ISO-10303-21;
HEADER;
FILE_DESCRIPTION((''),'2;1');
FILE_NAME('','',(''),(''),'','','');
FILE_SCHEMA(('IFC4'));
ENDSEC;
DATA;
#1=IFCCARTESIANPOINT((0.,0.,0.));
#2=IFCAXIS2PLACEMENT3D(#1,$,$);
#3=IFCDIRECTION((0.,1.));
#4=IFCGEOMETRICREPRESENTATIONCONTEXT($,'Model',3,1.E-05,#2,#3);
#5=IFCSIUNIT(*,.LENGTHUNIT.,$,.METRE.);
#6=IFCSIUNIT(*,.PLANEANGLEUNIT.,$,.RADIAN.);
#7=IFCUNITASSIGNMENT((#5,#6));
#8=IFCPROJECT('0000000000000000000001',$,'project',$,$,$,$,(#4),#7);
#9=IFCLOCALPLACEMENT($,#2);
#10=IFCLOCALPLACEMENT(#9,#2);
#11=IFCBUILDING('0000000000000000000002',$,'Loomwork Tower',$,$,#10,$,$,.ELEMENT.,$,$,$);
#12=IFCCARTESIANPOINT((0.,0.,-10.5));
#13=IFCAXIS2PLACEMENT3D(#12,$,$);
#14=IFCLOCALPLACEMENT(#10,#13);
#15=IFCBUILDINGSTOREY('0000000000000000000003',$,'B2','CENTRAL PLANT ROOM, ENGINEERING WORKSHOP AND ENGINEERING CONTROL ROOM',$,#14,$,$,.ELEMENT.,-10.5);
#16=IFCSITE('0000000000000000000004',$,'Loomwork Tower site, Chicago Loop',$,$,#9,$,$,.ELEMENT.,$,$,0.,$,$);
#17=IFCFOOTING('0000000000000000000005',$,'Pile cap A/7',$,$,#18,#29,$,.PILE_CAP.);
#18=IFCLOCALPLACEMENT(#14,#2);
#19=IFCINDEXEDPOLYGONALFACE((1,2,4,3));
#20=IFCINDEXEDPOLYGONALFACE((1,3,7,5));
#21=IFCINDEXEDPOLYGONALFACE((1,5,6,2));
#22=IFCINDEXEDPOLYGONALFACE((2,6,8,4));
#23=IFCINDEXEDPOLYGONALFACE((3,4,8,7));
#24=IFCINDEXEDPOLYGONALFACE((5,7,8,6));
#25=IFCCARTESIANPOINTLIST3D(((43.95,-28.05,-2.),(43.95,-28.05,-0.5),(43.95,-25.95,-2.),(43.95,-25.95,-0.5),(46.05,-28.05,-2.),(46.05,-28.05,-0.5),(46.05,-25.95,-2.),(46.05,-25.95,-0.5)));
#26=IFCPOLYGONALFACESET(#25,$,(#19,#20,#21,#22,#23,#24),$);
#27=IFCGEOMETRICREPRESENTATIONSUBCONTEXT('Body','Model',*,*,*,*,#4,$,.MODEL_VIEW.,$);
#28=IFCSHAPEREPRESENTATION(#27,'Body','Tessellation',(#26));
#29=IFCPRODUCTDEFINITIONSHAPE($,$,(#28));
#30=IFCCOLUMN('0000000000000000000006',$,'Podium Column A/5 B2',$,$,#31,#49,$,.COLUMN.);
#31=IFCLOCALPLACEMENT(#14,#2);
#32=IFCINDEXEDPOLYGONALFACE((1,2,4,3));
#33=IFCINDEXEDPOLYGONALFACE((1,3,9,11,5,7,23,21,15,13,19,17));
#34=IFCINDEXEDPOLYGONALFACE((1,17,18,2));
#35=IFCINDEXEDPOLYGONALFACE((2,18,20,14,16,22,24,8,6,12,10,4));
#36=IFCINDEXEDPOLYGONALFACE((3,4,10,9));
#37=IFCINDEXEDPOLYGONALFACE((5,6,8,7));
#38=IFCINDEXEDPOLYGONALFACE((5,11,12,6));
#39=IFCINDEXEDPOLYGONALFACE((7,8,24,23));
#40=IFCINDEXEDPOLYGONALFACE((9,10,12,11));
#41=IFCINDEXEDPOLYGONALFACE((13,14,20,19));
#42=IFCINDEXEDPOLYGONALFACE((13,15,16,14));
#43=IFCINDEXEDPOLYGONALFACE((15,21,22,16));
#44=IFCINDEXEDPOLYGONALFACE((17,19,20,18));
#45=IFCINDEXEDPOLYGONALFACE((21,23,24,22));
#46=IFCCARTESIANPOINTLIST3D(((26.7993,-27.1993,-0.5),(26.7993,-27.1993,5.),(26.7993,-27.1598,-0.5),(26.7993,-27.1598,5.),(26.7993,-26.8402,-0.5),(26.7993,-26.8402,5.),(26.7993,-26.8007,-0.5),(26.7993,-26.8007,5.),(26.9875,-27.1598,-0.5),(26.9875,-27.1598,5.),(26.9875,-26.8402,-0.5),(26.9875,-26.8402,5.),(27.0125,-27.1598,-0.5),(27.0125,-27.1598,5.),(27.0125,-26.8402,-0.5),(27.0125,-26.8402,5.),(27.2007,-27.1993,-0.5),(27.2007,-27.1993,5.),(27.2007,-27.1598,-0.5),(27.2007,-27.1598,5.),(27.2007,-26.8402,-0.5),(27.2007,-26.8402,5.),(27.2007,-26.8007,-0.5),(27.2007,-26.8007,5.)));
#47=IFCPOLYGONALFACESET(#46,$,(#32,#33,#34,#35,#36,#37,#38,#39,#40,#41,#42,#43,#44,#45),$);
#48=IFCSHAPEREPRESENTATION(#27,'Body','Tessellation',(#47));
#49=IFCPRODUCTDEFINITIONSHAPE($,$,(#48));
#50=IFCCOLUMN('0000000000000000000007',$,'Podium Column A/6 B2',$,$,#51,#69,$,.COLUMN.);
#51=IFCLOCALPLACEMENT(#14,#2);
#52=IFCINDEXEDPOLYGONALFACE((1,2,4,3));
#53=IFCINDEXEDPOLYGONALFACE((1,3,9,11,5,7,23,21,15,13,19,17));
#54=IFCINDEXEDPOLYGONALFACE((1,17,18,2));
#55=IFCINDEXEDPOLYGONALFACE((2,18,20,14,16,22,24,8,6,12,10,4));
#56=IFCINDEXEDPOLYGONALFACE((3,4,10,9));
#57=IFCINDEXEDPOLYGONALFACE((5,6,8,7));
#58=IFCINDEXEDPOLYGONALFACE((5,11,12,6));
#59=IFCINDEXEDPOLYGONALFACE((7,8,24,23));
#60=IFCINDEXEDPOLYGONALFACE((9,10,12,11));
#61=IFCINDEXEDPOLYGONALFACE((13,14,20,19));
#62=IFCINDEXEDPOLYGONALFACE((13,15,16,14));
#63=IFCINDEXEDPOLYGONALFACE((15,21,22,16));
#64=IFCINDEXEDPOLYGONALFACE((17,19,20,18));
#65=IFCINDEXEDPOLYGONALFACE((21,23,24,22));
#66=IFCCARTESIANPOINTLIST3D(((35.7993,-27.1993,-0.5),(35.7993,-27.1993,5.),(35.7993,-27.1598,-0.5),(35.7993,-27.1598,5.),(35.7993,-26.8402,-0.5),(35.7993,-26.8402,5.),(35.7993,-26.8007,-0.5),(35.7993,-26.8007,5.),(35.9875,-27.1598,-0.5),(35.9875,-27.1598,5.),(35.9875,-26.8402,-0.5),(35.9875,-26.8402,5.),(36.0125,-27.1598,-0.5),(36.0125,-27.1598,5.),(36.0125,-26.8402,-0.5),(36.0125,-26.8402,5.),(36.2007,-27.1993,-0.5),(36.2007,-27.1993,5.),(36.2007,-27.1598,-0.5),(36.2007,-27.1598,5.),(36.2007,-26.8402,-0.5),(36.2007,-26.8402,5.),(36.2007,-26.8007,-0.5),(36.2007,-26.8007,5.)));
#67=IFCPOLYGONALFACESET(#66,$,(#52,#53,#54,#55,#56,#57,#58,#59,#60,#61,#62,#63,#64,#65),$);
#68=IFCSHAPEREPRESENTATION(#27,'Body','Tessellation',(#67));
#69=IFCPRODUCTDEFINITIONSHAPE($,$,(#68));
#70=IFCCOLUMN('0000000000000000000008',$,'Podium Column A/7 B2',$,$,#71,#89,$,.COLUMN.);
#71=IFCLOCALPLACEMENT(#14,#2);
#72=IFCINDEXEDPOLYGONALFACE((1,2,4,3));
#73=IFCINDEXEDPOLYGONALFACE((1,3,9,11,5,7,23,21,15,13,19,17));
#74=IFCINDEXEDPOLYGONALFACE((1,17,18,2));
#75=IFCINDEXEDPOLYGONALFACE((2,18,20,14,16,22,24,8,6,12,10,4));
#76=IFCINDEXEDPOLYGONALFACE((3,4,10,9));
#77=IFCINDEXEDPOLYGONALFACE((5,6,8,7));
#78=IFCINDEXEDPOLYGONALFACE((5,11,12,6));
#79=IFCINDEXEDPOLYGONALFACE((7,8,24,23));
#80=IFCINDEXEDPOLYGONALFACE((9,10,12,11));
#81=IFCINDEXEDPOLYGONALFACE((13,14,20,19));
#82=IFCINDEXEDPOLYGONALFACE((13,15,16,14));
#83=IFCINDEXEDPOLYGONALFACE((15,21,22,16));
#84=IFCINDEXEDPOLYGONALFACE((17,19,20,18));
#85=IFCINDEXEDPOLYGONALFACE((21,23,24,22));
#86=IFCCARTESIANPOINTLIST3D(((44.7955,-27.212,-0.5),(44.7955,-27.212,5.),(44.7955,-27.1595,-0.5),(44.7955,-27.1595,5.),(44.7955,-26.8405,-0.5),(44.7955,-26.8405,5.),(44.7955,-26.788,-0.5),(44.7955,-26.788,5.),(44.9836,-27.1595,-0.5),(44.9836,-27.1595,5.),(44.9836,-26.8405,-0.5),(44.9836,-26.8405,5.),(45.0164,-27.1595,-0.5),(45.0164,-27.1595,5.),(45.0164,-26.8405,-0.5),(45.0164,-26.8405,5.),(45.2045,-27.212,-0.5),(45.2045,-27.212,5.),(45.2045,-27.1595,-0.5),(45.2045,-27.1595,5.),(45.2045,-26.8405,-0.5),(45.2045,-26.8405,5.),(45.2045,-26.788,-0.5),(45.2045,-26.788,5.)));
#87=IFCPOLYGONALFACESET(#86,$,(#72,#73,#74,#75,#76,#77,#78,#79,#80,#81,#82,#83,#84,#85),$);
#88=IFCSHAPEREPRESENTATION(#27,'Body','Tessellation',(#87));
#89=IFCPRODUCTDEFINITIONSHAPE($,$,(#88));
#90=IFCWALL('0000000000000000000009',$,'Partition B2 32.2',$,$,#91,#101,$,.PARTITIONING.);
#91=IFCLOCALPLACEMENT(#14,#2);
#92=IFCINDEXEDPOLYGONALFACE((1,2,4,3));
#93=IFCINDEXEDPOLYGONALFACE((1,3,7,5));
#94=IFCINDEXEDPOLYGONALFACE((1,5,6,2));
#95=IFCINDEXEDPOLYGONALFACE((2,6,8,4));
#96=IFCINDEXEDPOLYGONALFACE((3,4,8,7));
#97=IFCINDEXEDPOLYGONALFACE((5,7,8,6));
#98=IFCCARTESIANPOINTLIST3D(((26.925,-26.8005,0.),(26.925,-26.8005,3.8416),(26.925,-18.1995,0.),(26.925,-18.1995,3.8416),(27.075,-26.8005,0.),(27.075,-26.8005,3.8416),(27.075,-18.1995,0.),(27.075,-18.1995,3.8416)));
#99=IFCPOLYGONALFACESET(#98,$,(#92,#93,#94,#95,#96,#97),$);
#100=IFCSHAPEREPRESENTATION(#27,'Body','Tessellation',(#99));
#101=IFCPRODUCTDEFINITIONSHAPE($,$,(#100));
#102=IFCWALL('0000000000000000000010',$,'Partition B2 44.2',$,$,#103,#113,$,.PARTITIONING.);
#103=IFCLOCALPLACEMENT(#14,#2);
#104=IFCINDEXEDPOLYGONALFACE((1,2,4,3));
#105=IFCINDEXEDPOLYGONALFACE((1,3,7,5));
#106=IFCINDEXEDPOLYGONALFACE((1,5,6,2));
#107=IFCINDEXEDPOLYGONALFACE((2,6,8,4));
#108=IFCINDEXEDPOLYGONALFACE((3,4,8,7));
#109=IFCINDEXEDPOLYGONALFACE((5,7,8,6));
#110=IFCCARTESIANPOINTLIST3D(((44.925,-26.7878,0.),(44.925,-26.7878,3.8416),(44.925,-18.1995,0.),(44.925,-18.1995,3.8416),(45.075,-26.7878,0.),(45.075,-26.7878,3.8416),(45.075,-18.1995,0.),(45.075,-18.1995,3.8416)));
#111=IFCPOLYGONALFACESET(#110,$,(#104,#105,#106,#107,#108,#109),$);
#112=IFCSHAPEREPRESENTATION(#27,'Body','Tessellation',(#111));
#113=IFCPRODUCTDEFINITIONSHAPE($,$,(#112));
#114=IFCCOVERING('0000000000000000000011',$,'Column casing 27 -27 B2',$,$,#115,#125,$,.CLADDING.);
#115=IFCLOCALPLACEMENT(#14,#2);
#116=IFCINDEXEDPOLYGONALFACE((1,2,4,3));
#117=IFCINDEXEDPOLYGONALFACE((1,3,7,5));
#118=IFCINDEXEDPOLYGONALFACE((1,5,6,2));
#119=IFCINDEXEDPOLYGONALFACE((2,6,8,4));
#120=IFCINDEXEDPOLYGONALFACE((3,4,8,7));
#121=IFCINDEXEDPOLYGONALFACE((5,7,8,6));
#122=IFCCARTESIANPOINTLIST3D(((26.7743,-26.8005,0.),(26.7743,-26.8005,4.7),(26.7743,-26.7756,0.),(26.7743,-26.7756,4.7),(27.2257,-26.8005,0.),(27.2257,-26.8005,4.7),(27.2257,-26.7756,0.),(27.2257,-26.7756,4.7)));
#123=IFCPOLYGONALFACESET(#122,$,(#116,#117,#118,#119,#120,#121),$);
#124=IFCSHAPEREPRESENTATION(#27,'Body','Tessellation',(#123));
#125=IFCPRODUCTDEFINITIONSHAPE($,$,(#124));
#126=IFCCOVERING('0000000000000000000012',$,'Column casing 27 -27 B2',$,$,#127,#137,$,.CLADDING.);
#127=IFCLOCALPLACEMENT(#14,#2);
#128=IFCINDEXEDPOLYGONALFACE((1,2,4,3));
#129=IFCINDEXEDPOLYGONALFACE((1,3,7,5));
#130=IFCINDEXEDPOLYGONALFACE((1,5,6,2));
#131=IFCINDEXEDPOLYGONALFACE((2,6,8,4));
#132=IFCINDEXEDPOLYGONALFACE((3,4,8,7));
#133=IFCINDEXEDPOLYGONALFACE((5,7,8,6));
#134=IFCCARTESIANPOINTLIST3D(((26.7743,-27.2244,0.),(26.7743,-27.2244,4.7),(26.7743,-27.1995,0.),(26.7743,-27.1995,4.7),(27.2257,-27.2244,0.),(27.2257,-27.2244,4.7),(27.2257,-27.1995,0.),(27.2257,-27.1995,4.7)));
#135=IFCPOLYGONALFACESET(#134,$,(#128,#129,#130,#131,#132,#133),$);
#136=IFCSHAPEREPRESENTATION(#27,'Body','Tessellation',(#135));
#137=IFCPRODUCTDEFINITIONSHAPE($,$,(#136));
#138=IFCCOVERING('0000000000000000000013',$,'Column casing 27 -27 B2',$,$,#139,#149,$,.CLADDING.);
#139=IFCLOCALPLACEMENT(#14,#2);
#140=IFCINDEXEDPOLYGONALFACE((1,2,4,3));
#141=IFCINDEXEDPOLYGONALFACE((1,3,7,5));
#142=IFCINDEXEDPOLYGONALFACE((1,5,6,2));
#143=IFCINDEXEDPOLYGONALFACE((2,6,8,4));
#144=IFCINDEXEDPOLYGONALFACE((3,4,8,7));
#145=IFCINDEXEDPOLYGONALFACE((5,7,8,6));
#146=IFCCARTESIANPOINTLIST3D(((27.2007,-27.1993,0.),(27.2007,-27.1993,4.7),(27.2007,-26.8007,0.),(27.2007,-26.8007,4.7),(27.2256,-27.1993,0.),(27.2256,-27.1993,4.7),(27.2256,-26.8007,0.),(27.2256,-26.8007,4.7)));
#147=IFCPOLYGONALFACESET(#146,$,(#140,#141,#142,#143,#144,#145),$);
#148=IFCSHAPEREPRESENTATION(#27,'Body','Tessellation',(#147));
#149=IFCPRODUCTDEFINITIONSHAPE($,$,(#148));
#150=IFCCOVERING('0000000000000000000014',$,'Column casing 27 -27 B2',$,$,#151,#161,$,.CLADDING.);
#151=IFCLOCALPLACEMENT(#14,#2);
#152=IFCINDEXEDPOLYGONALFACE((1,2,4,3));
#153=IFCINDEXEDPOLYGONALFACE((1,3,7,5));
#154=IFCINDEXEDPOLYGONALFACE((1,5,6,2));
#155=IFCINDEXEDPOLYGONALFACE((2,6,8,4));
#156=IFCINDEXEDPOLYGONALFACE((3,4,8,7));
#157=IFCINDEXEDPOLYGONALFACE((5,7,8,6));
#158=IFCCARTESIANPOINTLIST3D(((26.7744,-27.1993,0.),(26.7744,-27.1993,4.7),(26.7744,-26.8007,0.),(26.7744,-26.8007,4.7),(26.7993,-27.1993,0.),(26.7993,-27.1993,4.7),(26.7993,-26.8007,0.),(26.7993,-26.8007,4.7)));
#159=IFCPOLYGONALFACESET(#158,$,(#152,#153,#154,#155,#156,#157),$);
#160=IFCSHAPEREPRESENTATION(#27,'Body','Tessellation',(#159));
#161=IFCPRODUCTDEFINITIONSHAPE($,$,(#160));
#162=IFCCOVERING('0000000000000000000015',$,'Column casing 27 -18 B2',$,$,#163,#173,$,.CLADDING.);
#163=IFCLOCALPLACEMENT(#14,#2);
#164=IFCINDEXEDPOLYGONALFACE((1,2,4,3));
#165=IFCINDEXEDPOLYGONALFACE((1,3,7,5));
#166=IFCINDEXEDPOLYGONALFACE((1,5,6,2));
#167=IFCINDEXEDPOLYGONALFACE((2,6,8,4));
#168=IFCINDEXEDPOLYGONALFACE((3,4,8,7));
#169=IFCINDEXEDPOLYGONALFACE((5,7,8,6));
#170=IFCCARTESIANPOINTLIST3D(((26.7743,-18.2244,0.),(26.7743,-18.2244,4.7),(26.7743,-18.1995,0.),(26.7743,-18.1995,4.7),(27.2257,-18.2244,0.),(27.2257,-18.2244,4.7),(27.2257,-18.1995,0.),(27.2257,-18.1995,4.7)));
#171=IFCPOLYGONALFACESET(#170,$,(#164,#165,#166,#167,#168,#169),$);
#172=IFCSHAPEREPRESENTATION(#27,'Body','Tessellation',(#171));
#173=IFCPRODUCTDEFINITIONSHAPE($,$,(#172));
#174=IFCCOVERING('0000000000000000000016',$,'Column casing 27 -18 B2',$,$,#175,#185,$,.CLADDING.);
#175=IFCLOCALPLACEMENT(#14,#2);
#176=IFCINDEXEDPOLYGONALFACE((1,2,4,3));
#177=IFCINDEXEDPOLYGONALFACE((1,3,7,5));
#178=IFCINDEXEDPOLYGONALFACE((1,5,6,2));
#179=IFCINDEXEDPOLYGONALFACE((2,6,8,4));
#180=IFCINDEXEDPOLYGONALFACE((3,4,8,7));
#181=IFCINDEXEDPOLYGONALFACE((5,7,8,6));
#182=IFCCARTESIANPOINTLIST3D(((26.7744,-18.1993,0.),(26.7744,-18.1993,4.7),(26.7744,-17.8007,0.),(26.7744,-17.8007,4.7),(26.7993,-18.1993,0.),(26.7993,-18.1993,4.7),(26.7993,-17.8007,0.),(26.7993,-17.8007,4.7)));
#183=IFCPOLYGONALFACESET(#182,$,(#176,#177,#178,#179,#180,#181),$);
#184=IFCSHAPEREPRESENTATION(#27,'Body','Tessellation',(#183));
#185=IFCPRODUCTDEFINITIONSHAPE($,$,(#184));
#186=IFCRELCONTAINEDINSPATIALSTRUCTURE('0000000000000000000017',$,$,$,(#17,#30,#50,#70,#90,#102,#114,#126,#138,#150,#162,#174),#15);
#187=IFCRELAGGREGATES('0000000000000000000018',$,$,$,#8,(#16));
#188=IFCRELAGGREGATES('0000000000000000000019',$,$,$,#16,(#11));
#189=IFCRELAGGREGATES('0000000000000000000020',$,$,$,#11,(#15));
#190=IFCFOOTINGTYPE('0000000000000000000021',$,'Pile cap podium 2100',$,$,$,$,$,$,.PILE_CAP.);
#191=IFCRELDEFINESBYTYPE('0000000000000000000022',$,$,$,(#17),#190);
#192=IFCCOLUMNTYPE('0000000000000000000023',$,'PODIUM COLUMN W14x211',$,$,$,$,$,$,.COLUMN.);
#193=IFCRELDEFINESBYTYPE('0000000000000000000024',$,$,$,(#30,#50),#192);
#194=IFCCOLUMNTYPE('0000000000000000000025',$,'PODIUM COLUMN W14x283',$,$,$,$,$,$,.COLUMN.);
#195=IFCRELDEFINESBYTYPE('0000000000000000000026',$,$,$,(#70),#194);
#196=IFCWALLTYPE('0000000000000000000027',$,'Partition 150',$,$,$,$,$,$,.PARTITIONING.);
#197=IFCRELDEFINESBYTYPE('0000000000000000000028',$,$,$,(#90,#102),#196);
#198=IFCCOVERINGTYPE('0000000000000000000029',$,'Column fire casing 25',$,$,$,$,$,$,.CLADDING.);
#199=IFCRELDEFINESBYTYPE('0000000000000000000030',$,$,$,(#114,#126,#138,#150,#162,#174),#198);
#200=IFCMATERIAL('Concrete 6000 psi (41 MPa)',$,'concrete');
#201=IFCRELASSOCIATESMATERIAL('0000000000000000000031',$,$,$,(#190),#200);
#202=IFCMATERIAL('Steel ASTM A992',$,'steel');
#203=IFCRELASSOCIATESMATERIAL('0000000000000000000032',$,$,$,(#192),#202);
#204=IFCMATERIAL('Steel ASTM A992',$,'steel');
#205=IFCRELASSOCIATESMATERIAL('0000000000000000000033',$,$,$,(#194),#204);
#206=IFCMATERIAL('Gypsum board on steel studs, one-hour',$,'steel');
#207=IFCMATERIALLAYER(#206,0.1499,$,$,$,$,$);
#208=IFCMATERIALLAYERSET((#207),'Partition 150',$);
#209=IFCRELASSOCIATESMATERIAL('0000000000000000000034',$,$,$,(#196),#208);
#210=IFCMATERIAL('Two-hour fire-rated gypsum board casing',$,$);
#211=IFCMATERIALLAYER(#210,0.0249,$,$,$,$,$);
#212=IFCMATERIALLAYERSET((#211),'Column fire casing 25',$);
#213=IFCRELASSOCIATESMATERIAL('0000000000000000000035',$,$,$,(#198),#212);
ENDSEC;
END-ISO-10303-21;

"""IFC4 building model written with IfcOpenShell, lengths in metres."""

from ifc_helpers import new_model, si_unit, direction, frame, frame_2d, origin, origin_2d, place, context, subcontext, project, spatial, rectangle, i_section, extrude, material, layer, layer_set, material_profile, profile_set, type_object, element, save


model = new_model("IFC4")

# Units and contexts
model_context = context("Model", 3, precision=1e-05, world=origin(), true_north=direction((0.0, 1.0)))
body_context = subcontext(model_context, "Body", "Model", "MODEL_VIEW")
ifc_project = project(units=[si_unit("LENGTHUNIT", "METRE"), si_unit("PLANEANGLEUNIT", "RADIAN")], contexts=[model_context])

# Site, building, storey
site_placement = place(None, origin())
site = spatial("IfcSite", under=ifc_project, at=site_placement, Name="Loomwork Tower site, Chicago Loop", CompositionType="ELEMENT", RefElevation=0.0)
building_placement = place(site_placement, origin())
building = spatial("IfcBuilding", under=site, at=building_placement, Name="Loomwork Tower", CompositionType="ELEMENT")
storey_placement = place(building_placement, frame((0.0, 0.0, -10.5)))
storey = spatial("IfcBuildingStorey", under=building, at=storey_placement, Name="B2", Description="CENTRAL PLANT ROOM, ENGINEERING WORKSHOP AND ENGINEERING CONTROL ROOM", CompositionType="ELEMENT", Elevation=-10.5)

# Footing
ifc_material_1 = material(Name="Concrete 6000 psi (41 MPa)", Category="concrete")
footing_type = type_object("IfcFootingType", Name="Pile cap podium 2100", PredefinedType="PILE_CAP", material=ifc_material_1)
for number, where, z_axis, x_axis, name in (
    (1, (45.0, -27.0, -2.0), (0.0, 0.0, 1.0), (1.0, 0.0, 0.0), "Pile cap A/7"),
):
    element("IfcFooting", number, at=place(storey_placement, frame(where, z_axis=z_axis, x_axis=x_axis)), inside=storey, type_object=footing_type, Name=name, PredefinedType="PILE_CAP", context=body_context, shape_type="SweptSolid", body=[
        extrude(rectangle(XDim=2.1001, YDim=2.1001, at=origin_2d()), origin(), (0.0, 0.0, 1.0), 1.5),
    ])

# Columns
ifc_material_2 = material(Name="Steel ASTM A992", Category="steel")
ifc_material_profile_1 = material_profile(ifc_material_2, i_section(OverallWidth=0.4014, OverallDepth=0.3987, WebThickness=0.0249, FlangeThickness=0.0396, at=origin_2d()), Name="W14x211")
ifc_profile_set_1 = profile_set([ifc_material_profile_1], Name="Steel ASTM A992")
column_type_1 = type_object("IfcColumnType", Name="PODIUM COLUMN W14x211", PredefinedType="COLUMN", material=ifc_profile_set_1)
for number, where, z_axis, x_axis, name in (
    (2, (27.0, -27.0, -0.5), (0.0, 0.0, 1.0), (1.0, 0.0, 0.0), "Podium Column A/5 B2"),
    (3, (36.0, -27.0, -0.5), (0.0, 0.0, 1.0), (1.0, 0.0, 0.0), "Podium Column A/6 B2"),
):
    element("IfcColumn", number, at=place(storey_placement, frame(where, z_axis=z_axis, x_axis=x_axis)), inside=storey, type_object=column_type_1, Name=name, PredefinedType="COLUMN", context=body_context, shape_type="SweptSolid", body=[
        extrude(i_section(OverallWidth=0.4014, OverallDepth=0.3987, WebThickness=0.0249, FlangeThickness=0.0396, at=origin_2d()), origin(), (0.0, 0.0, 1.0), 5.5),
    ])
ifc_material_3 = material(Name="Steel ASTM A992", Category="steel")
ifc_material_profile_2 = material_profile(ifc_material_3, i_section(OverallWidth=0.4089, OverallDepth=0.4241, WebThickness=0.0327, FlangeThickness=0.0525, at=origin_2d()), Name="W14x283")
ifc_profile_set_2 = profile_set([ifc_material_profile_2], Name="Steel ASTM A992")
column_type_2 = type_object("IfcColumnType", Name="PODIUM COLUMN W14x283", PredefinedType="COLUMN", material=ifc_profile_set_2)
column_placement = place(storey_placement, frame((45.0, -27.0, -0.5), z_axis=(0.0, 0.0, 1.0), x_axis=(1.0, 0.0, 0.0)))
element("IfcColumn", 4, at=column_placement, inside=storey, type_object=column_type_2, Name="Podium Column A/7 B2", PredefinedType="COLUMN", context=body_context, shape_type="SweptSolid", body=[
    extrude(i_section(OverallWidth=0.4089, OverallDepth=0.4241, WebThickness=0.0327, FlangeThickness=0.0525, at=origin_2d()), origin(), (0.0, 0.0, 1.0), 5.5),
])

# Walls
ifc_material_4 = material(Name="Gypsum board on steel studs, one-hour", Category="steel")
ifc_layer_1 = layer(ifc_material_4, 0.1499)
ifc_layer_set_1 = layer_set([ifc_layer_1], Name="Partition 150")
wall_type = type_object("IfcWallType", Name="Partition 150", PredefinedType="PARTITIONING", material=ifc_layer_set_1)
wall_1_placement = place(storey_placement, frame((27.0, -18.1995, 0.0), z_axis=(0.0, 0.0, 1.0), x_axis=(0.0, -1.0, 0.0)))
element("IfcWall", 5, at=wall_1_placement, inside=storey, type_object=wall_type, Name="Partition B2 32.2", PredefinedType="PARTITIONING", context=body_context, shape_type="SweptSolid", body=[
    extrude(rectangle(XDim=8.6011, YDim=0.1499, at=frame_2d((4.3005, 0.0))), origin(), (0.0, 0.0, 1.0), 3.8416),
])
wall_2_placement = place(storey_placement, frame((45.0, -18.1995, 0.0), z_axis=(0.0, 0.0, 1.0), x_axis=(0.0, -1.0, 0.0)))
element("IfcWall", 6, at=wall_2_placement, inside=storey, type_object=wall_type, Name="Partition B2 44.2", PredefinedType="PARTITIONING", context=body_context, shape_type="SweptSolid", body=[
    extrude(rectangle(XDim=8.5884, YDim=0.1499, at=frame_2d((4.2942, 0.0))), origin(), (0.0, 0.0, 1.0), 3.8416),
])

# Coverings
ifc_material_5 = material(Name="Two-hour fire-rated gypsum board casing")
ifc_layer_2 = layer(ifc_material_5, 0.0249)
ifc_layer_set_2 = layer_set([ifc_layer_2], Name="Column fire casing 25")
covering_type = type_object("IfcCoveringType", Name="Column fire casing 25", PredefinedType="CLADDING", material=ifc_layer_set_2)
for number, where, z_axis, x_axis, name in (
    (7, (27.0, -26.7881, 0.0), (0.0, 0.0, 1.0), (1.0, 0.0, 0.0), "Column casing 27 -27 B2"),
    (8, (27.0, -27.2119, 0.0), (0.0, 0.0, 1.0), (1.0, 0.0, 0.0), "Column casing 27 -27 B2"),
):
    element("IfcCovering", number, at=place(storey_placement, frame(where, z_axis=z_axis, x_axis=x_axis)), inside=storey, type_object=covering_type, Name=name, PredefinedType="CLADDING", context=body_context, shape_type="SweptSolid", body=[
        extrude(rectangle(XDim=0.4514, YDim=0.0249, at=origin_2d()), origin(), (0.0, 0.0, 1.0), 4.7),
    ])
for number, where, z_axis, x_axis, name in (
    (9, (27.2131, -27.0, 0.0), (0.0, 0.0, 1.0), (1.0, 0.0, 0.0), "Column casing 27 -27 B2"),
    (10, (26.7869, -27.0, 0.0), (0.0, 0.0, 1.0), (1.0, 0.0, 0.0), "Column casing 27 -27 B2"),
):
    element("IfcCovering", number, at=place(storey_placement, frame(where, z_axis=z_axis, x_axis=x_axis)), inside=storey, type_object=covering_type, Name=name, PredefinedType="CLADDING", context=body_context, shape_type="SweptSolid", body=[
        extrude(rectangle(XDim=0.0249, YDim=0.3987, at=origin_2d()), origin(), (0.0, 0.0, 1.0), 4.7),
    ])
covering_1_placement = place(storey_placement, frame((27.0, -18.2119, 0.0), z_axis=(0.0, 0.0, 1.0), x_axis=(1.0, 0.0, 0.0)))
element("IfcCovering", 11, at=covering_1_placement, inside=storey, type_object=covering_type, Name="Column casing 27 -18 B2", PredefinedType="CLADDING", context=body_context, shape_type="SweptSolid", body=[
    extrude(rectangle(XDim=0.4514, YDim=0.0249, at=origin_2d()), origin(), (0.0, 0.0, 1.0), 4.7),
])
covering_2_placement = place(storey_placement, frame((26.7869, -18.0, 0.0), z_axis=(0.0, 0.0, 1.0), x_axis=(1.0, 0.0, 0.0)))
element("IfcCovering", 12, at=covering_2_placement, inside=storey, type_object=covering_type, Name="Column casing 27 -18 B2", PredefinedType="CLADDING", context=body_context, shape_type="SweptSolid", body=[
    extrude(rectangle(XDim=0.0249, YDim=0.3987, at=origin_2d()), origin(), (0.0, 0.0, 1.0), 4.7),
])

save(model, "model.ifc")
